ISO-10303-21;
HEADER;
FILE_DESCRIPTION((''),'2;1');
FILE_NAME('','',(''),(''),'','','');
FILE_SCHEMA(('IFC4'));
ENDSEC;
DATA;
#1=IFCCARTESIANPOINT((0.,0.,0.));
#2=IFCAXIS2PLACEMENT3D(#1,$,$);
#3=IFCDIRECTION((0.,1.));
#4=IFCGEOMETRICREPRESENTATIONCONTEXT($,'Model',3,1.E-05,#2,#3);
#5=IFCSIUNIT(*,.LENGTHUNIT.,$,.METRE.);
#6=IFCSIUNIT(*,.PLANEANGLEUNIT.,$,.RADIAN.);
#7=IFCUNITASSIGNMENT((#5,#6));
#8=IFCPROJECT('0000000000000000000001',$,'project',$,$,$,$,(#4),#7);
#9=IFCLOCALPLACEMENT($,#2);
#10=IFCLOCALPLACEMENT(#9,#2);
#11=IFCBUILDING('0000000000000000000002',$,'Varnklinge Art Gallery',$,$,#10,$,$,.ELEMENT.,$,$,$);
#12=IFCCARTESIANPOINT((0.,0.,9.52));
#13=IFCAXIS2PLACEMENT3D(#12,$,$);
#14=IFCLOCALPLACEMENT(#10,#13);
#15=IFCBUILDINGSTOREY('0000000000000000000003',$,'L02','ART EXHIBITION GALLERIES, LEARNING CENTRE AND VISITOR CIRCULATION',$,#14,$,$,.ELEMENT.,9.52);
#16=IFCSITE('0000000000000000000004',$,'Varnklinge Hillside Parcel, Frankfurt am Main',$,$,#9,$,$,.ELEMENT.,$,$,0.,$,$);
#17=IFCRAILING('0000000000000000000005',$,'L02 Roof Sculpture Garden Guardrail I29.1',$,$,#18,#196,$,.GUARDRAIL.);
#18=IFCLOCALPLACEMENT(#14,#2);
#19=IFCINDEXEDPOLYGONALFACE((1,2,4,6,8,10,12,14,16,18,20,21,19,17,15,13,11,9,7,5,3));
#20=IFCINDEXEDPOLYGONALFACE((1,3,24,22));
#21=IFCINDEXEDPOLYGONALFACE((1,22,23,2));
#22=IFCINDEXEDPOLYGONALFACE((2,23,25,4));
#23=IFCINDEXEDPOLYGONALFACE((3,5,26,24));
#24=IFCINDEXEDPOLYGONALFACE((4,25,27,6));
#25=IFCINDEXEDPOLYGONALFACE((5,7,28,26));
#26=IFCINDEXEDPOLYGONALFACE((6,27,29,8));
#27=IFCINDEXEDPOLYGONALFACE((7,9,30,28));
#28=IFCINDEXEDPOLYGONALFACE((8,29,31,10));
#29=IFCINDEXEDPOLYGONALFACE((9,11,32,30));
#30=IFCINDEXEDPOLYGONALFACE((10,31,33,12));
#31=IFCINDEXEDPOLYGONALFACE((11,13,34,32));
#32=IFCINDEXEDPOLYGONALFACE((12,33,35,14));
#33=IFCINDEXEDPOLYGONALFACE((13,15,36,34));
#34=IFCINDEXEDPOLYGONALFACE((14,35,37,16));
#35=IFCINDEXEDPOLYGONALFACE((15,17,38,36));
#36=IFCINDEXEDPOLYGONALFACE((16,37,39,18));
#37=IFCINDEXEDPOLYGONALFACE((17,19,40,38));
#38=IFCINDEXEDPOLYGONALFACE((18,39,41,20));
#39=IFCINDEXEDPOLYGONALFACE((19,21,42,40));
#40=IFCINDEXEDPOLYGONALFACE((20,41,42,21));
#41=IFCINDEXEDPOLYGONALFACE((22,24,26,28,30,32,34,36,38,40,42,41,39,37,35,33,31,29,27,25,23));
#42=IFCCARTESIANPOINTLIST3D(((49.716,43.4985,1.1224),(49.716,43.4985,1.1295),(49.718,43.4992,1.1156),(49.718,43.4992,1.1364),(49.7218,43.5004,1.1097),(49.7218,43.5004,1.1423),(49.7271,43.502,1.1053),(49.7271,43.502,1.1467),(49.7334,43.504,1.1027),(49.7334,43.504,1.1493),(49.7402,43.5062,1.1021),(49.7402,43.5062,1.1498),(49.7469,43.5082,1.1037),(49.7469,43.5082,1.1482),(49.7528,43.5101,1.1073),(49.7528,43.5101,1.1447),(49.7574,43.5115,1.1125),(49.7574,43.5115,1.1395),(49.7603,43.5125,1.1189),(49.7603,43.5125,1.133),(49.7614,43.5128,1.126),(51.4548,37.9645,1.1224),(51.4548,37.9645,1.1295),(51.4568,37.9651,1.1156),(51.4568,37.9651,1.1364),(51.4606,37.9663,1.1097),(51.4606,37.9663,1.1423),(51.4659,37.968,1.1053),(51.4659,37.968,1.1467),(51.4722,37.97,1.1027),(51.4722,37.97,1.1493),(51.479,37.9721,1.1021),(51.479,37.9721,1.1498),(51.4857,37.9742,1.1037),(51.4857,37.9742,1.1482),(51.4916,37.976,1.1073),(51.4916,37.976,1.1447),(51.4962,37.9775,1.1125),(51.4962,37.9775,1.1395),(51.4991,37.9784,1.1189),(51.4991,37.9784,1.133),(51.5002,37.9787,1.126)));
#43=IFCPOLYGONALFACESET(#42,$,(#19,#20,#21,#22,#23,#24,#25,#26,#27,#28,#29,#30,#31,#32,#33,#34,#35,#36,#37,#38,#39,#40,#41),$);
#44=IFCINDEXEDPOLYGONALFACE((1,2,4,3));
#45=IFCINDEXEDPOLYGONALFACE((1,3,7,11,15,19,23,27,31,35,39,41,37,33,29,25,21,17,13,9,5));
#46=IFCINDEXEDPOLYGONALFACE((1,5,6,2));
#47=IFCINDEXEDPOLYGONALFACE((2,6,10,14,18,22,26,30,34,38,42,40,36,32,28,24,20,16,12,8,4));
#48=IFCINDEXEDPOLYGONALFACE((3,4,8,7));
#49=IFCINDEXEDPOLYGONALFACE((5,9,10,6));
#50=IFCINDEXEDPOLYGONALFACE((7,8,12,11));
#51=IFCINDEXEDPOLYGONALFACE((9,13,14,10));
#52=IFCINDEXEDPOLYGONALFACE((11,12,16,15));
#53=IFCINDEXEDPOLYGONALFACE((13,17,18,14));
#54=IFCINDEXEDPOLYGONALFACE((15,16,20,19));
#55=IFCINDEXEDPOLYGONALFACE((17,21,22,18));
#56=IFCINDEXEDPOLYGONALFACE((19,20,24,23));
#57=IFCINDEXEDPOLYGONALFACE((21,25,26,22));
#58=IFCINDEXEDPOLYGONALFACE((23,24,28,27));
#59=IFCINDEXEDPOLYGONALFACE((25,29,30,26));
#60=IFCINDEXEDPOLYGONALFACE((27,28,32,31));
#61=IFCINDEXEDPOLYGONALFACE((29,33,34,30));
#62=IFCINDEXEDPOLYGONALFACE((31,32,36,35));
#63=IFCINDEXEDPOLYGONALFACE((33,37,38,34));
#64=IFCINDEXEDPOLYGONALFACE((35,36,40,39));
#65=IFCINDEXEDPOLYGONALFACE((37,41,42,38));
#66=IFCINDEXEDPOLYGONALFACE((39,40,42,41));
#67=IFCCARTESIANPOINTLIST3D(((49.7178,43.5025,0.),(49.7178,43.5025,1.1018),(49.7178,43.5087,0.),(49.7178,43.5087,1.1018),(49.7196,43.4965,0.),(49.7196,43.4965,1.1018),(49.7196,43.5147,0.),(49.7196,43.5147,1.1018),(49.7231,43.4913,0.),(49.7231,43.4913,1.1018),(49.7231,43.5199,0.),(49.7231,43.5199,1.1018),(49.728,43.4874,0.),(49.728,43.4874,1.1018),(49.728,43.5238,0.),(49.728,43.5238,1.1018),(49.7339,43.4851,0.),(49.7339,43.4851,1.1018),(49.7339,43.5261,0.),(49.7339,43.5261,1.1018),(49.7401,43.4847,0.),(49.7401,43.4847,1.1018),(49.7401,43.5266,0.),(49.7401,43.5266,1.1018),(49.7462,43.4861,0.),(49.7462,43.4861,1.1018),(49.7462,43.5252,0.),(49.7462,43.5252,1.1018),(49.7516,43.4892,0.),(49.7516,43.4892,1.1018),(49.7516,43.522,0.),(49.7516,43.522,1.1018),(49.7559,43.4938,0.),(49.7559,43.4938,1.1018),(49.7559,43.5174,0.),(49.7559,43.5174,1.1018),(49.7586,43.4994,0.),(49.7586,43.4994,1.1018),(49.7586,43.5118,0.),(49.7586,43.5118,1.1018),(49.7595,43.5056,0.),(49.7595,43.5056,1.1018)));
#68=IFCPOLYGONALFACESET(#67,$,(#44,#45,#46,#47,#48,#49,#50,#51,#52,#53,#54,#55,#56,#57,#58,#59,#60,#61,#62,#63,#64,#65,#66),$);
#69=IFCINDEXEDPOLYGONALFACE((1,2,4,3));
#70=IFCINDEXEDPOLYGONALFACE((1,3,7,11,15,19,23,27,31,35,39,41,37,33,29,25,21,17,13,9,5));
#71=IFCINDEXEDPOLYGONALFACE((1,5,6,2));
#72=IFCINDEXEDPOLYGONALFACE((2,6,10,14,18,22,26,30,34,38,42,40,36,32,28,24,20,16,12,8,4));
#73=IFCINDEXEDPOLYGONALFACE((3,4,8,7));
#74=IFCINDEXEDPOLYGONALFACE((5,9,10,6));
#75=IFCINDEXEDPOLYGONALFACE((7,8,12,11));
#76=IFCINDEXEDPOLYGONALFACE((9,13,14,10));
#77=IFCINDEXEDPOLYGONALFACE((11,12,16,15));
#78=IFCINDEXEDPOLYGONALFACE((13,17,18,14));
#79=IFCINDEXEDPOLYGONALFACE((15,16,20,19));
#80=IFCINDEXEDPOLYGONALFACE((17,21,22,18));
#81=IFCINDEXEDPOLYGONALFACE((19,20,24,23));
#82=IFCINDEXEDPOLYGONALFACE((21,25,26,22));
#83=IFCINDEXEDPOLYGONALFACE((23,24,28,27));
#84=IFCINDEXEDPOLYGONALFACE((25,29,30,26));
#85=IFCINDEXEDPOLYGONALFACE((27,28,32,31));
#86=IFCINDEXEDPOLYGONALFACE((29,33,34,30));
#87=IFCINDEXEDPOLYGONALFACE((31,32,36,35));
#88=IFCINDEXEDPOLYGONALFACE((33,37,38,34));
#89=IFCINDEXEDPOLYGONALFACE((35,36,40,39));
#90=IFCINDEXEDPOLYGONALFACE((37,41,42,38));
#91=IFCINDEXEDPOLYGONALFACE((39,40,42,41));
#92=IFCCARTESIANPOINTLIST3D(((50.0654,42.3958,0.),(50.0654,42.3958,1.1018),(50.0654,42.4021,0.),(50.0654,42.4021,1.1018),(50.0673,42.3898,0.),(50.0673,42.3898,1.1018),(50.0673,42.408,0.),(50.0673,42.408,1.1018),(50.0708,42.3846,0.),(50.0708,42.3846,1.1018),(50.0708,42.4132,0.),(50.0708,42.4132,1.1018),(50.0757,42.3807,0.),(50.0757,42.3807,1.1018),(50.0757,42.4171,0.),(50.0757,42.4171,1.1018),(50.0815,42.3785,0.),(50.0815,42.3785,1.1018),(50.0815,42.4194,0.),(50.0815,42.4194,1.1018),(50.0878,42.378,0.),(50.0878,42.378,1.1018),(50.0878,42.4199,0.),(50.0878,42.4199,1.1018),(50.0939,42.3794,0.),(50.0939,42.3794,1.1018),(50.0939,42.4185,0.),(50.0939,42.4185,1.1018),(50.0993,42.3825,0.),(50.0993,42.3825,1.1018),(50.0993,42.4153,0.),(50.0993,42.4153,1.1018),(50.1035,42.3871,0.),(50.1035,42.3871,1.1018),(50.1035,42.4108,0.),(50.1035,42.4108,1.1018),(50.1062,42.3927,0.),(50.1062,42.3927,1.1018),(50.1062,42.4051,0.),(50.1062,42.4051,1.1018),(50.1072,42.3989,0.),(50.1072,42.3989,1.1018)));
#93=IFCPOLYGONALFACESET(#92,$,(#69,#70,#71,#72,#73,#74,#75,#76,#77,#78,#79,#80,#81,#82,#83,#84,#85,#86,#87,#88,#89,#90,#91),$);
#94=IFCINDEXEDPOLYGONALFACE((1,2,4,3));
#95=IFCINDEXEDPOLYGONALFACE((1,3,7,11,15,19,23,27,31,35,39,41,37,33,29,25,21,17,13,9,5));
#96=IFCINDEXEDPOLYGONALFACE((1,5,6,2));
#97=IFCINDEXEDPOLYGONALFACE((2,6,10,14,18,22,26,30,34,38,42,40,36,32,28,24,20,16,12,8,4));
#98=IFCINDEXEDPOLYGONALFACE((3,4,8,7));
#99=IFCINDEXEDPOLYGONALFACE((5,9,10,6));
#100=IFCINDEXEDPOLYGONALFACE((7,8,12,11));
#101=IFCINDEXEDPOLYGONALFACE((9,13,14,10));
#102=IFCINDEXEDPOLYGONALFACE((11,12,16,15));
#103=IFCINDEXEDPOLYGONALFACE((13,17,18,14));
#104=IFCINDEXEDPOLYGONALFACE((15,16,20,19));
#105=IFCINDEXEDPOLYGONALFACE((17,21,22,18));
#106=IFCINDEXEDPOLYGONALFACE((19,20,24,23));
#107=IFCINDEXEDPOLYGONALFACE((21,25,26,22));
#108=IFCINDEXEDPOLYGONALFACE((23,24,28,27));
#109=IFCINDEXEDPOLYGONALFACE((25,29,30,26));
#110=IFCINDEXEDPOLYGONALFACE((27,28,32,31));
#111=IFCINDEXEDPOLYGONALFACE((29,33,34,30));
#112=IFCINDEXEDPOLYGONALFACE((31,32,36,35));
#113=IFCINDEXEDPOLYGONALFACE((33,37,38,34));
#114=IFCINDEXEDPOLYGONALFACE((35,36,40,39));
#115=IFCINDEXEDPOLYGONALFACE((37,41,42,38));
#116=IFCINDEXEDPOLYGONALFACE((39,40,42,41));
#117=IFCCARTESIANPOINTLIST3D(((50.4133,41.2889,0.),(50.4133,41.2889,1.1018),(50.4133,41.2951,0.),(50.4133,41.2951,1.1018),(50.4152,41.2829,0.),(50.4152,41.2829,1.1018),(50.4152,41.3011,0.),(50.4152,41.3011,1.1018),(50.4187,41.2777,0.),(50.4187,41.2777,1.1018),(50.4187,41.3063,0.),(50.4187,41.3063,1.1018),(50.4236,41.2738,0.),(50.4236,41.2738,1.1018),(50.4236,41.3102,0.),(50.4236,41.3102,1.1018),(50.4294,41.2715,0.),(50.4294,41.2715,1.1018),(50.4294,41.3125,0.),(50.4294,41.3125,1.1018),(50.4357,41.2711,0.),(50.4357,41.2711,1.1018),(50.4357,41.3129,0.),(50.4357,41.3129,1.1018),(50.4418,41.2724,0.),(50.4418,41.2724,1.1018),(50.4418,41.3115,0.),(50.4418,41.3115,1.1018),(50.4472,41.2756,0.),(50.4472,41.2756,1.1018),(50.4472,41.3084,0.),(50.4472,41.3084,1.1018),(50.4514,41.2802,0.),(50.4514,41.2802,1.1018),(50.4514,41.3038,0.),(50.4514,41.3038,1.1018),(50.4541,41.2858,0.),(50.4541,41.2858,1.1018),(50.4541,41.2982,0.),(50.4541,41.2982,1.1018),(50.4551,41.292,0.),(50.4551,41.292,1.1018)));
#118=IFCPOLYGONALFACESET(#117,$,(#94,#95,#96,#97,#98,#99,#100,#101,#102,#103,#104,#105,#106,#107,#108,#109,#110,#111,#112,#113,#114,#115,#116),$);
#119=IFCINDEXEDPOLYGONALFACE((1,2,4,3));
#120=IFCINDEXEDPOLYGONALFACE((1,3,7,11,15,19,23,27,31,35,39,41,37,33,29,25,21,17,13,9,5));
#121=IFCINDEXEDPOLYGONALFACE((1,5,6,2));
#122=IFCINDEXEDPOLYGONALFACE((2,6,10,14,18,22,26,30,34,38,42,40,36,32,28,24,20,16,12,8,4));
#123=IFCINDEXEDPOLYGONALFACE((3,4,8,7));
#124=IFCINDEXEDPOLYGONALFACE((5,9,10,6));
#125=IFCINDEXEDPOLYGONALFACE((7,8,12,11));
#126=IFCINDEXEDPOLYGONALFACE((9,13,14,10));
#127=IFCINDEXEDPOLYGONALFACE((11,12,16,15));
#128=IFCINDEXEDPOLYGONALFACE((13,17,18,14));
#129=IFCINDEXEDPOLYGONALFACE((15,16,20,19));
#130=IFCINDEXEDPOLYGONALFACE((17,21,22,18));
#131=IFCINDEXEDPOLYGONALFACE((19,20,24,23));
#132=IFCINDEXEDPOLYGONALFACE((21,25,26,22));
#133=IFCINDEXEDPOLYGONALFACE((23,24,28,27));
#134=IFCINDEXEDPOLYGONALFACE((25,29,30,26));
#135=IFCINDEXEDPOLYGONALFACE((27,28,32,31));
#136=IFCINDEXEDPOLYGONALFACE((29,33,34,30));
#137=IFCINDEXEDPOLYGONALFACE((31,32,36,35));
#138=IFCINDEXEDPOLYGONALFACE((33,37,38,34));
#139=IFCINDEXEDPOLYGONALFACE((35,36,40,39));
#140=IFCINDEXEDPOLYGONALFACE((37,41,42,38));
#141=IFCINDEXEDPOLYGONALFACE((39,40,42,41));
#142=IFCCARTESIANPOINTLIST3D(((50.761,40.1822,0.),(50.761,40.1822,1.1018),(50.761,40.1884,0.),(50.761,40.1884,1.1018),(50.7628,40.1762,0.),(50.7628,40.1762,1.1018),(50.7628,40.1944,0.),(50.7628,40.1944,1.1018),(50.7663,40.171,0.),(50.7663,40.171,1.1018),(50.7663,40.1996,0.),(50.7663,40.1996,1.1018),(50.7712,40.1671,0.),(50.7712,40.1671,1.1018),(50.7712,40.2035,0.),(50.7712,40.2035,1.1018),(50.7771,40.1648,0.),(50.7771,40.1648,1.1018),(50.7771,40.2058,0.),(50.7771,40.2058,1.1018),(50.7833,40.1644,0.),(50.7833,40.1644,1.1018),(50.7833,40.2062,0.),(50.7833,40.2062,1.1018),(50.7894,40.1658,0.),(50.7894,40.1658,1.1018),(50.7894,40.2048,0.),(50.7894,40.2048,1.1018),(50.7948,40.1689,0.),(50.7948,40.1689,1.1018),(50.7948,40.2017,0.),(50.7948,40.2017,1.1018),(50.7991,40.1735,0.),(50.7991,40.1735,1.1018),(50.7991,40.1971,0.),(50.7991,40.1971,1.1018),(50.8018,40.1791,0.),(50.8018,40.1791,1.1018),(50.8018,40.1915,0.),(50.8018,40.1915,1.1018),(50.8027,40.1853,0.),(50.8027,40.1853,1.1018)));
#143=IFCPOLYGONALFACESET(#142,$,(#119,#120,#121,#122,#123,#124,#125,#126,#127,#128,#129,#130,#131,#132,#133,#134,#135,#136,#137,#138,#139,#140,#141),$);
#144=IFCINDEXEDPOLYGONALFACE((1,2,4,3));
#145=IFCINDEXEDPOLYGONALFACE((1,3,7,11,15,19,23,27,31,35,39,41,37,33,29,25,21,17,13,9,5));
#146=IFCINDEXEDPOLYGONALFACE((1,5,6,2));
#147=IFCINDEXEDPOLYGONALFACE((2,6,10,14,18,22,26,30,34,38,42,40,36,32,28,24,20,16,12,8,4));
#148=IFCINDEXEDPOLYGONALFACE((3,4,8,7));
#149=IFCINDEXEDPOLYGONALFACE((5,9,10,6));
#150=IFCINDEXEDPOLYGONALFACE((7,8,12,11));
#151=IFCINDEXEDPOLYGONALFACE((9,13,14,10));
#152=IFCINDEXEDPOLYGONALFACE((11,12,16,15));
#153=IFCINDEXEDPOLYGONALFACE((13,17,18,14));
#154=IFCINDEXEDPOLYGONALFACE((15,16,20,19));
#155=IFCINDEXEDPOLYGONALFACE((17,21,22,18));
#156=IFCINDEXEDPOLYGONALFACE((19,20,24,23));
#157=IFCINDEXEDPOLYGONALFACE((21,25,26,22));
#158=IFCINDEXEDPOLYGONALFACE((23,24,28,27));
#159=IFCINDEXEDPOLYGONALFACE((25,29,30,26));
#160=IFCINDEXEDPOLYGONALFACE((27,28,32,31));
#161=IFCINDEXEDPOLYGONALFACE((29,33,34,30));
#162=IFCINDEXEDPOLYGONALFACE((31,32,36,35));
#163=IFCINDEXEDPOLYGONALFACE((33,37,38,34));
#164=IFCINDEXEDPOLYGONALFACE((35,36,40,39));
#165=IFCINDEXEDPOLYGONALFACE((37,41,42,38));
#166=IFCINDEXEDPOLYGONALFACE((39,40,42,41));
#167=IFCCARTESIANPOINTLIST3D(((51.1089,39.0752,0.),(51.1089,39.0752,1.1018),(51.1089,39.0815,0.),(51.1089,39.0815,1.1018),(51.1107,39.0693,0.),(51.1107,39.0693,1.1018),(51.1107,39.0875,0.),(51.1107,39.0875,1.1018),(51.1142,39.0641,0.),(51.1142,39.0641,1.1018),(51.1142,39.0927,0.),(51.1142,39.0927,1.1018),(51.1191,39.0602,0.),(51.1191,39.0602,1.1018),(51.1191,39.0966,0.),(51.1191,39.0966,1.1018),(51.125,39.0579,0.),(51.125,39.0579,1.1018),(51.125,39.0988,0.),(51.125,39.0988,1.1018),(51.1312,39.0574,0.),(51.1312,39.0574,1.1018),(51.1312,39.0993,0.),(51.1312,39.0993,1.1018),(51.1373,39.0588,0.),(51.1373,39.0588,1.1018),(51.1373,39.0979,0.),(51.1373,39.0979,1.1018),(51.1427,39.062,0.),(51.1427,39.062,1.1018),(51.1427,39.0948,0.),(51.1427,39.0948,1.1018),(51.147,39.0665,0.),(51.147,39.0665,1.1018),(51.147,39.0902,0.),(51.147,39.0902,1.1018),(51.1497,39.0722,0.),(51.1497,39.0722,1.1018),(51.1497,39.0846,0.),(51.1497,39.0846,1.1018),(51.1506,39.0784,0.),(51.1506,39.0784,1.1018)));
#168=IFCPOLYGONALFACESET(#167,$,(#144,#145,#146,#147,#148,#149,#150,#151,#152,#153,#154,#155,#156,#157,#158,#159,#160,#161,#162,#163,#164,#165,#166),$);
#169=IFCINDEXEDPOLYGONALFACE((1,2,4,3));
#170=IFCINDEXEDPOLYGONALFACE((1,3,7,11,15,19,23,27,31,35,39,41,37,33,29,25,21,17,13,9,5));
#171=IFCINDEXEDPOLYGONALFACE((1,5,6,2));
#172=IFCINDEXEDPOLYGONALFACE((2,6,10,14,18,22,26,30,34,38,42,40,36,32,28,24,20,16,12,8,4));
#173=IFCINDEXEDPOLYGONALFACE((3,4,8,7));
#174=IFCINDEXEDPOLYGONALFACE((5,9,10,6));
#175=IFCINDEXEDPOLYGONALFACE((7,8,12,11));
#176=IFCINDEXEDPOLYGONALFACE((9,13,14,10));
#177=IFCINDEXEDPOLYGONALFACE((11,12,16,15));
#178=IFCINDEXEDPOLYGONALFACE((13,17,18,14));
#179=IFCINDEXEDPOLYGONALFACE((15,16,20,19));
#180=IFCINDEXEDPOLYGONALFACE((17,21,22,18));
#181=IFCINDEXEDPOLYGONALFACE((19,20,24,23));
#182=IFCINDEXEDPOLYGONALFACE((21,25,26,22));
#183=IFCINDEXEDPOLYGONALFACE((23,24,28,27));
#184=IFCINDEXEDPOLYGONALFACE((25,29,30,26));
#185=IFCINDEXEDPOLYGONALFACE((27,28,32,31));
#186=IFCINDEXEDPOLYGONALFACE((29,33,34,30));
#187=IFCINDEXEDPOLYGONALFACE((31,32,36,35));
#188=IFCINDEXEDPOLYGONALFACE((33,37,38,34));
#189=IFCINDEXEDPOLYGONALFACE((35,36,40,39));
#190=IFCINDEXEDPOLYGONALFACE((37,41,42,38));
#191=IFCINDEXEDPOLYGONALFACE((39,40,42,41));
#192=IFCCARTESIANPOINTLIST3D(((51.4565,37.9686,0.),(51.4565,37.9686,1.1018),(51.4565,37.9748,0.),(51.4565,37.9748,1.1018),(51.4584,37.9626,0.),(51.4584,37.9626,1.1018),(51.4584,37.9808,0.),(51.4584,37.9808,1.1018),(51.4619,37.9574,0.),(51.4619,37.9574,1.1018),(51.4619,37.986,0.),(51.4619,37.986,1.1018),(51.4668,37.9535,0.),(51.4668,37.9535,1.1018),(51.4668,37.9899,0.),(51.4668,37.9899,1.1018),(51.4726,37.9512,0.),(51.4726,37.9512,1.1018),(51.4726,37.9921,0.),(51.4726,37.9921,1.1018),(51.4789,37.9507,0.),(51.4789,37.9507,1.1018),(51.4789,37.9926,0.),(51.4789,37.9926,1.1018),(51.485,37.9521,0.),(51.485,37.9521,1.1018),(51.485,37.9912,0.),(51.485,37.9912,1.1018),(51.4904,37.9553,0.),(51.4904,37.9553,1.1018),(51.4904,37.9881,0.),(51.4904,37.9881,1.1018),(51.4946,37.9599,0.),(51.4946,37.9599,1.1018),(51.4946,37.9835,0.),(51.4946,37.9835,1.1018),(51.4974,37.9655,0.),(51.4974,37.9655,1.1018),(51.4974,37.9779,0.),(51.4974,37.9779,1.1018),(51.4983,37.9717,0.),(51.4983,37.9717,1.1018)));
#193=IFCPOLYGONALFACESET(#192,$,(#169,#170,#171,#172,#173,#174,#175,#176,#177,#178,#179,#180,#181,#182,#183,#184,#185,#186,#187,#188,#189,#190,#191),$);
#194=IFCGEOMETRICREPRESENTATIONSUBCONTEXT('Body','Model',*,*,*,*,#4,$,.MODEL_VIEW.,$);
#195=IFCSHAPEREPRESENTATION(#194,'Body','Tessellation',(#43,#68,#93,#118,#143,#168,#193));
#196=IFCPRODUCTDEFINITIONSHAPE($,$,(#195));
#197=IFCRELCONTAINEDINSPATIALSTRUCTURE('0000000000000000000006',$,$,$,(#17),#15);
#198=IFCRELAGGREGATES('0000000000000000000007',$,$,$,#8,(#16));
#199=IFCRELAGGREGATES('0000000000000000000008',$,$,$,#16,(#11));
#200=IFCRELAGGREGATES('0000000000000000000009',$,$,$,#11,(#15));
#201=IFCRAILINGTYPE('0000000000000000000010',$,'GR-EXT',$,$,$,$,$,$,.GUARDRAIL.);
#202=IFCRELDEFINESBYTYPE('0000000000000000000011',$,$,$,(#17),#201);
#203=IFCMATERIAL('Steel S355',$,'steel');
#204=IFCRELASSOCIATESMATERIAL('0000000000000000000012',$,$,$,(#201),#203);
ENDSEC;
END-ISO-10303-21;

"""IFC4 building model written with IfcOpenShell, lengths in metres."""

from ifc_helpers import new_model, si_unit, direction, frame, origin, origin_2d, place, context, subcontext, project, spatial, circle, extrude, material, type_object, element, save


model = new_model("IFC4")

# Units and contexts
model_context = context("Model", 3, precision=1e-05, world=origin(), true_north=direction((0.0, 1.0)))
body_context = subcontext(model_context, "Body", "Model", "MODEL_VIEW")
ifc_project = project(units=[si_unit("LENGTHUNIT", "METRE"), si_unit("PLANEANGLEUNIT", "RADIAN")], contexts=[model_context])

# Site, building, storey
site_placement = place(None, origin())
site = spatial("IfcSite", under=ifc_project, at=site_placement, Name="Varnklinge Hillside Parcel, Frankfurt am Main", CompositionType="ELEMENT", RefElevation=0.0)
building_placement = place(site_placement, origin())
building = spatial("IfcBuilding", under=site, at=building_placement, Name="Varnklinge Art Gallery", CompositionType="ELEMENT")
storey_placement = place(building_placement, frame((0.0, 0.0, 9.52)))
storey = spatial("IfcBuildingStorey", under=building, at=storey_placement, Name="L02", Description="ART EXHIBITION GALLERIES, LEARNING CENTRE AND VISITOR CIRCULATION", CompositionType="ELEMENT", Elevation=9.52)

# Railing
ifc_material_1 = material(Name="Steel S355", Category="steel")
railing_type_1 = type_object("IfcRailingType", Name="GR-EXT", PredefinedType="GUARDRAIL", material=ifc_material_1)
railing_1_placement = place(storey_placement, frame((49.7385, 43.5056, 0.0)))
element("IfcRailing", 1, at=railing_1_placement, inside=storey, type_object=railing_type_1, Name="L02 Roof Sculpture Garden Guardrail I29.1", PredefinedType="GUARDRAIL", context=body_context, shape_type="SweptSolid", body=[
    extrude(circle(Radius=0.0239, at=origin_2d()), frame((0.0, 0.0, 1.126), z_axis=(0.299753, -0.954017, 0.0), x_axis=(0.954017, 0.299753, 0.0)), (0.0, 0.0, 1.0), 5.8008),
    extrude(circle(Radius=0.021, at=origin_2d()), origin(), (0.0, 0.0, 1.0), 1.1018),
    extrude(circle(Radius=0.021, at=origin_2d()), frame((0.3477, -1.1067, 0.0)), (0.0, 0.0, 1.0), 1.1018),
    extrude(circle(Radius=0.021, at=origin_2d()), frame((0.6956, -2.2136, 0.0)), (0.0, 0.0, 1.0), 1.1018),
    extrude(circle(Radius=0.021, at=origin_2d()), frame((1.0432, -3.3203, 0.0)), (0.0, 0.0, 1.0), 1.1018),
    extrude(circle(Radius=0.021, at=origin_2d()), frame((1.3911, -4.4272, 0.0)), (0.0, 0.0, 1.0), 1.1018),
    extrude(circle(Radius=0.021, at=origin_2d()), frame((1.7388, -5.5339, 0.0)), (0.0, 0.0, 1.0), 1.1018),
])

save(model, "model.ifc")
